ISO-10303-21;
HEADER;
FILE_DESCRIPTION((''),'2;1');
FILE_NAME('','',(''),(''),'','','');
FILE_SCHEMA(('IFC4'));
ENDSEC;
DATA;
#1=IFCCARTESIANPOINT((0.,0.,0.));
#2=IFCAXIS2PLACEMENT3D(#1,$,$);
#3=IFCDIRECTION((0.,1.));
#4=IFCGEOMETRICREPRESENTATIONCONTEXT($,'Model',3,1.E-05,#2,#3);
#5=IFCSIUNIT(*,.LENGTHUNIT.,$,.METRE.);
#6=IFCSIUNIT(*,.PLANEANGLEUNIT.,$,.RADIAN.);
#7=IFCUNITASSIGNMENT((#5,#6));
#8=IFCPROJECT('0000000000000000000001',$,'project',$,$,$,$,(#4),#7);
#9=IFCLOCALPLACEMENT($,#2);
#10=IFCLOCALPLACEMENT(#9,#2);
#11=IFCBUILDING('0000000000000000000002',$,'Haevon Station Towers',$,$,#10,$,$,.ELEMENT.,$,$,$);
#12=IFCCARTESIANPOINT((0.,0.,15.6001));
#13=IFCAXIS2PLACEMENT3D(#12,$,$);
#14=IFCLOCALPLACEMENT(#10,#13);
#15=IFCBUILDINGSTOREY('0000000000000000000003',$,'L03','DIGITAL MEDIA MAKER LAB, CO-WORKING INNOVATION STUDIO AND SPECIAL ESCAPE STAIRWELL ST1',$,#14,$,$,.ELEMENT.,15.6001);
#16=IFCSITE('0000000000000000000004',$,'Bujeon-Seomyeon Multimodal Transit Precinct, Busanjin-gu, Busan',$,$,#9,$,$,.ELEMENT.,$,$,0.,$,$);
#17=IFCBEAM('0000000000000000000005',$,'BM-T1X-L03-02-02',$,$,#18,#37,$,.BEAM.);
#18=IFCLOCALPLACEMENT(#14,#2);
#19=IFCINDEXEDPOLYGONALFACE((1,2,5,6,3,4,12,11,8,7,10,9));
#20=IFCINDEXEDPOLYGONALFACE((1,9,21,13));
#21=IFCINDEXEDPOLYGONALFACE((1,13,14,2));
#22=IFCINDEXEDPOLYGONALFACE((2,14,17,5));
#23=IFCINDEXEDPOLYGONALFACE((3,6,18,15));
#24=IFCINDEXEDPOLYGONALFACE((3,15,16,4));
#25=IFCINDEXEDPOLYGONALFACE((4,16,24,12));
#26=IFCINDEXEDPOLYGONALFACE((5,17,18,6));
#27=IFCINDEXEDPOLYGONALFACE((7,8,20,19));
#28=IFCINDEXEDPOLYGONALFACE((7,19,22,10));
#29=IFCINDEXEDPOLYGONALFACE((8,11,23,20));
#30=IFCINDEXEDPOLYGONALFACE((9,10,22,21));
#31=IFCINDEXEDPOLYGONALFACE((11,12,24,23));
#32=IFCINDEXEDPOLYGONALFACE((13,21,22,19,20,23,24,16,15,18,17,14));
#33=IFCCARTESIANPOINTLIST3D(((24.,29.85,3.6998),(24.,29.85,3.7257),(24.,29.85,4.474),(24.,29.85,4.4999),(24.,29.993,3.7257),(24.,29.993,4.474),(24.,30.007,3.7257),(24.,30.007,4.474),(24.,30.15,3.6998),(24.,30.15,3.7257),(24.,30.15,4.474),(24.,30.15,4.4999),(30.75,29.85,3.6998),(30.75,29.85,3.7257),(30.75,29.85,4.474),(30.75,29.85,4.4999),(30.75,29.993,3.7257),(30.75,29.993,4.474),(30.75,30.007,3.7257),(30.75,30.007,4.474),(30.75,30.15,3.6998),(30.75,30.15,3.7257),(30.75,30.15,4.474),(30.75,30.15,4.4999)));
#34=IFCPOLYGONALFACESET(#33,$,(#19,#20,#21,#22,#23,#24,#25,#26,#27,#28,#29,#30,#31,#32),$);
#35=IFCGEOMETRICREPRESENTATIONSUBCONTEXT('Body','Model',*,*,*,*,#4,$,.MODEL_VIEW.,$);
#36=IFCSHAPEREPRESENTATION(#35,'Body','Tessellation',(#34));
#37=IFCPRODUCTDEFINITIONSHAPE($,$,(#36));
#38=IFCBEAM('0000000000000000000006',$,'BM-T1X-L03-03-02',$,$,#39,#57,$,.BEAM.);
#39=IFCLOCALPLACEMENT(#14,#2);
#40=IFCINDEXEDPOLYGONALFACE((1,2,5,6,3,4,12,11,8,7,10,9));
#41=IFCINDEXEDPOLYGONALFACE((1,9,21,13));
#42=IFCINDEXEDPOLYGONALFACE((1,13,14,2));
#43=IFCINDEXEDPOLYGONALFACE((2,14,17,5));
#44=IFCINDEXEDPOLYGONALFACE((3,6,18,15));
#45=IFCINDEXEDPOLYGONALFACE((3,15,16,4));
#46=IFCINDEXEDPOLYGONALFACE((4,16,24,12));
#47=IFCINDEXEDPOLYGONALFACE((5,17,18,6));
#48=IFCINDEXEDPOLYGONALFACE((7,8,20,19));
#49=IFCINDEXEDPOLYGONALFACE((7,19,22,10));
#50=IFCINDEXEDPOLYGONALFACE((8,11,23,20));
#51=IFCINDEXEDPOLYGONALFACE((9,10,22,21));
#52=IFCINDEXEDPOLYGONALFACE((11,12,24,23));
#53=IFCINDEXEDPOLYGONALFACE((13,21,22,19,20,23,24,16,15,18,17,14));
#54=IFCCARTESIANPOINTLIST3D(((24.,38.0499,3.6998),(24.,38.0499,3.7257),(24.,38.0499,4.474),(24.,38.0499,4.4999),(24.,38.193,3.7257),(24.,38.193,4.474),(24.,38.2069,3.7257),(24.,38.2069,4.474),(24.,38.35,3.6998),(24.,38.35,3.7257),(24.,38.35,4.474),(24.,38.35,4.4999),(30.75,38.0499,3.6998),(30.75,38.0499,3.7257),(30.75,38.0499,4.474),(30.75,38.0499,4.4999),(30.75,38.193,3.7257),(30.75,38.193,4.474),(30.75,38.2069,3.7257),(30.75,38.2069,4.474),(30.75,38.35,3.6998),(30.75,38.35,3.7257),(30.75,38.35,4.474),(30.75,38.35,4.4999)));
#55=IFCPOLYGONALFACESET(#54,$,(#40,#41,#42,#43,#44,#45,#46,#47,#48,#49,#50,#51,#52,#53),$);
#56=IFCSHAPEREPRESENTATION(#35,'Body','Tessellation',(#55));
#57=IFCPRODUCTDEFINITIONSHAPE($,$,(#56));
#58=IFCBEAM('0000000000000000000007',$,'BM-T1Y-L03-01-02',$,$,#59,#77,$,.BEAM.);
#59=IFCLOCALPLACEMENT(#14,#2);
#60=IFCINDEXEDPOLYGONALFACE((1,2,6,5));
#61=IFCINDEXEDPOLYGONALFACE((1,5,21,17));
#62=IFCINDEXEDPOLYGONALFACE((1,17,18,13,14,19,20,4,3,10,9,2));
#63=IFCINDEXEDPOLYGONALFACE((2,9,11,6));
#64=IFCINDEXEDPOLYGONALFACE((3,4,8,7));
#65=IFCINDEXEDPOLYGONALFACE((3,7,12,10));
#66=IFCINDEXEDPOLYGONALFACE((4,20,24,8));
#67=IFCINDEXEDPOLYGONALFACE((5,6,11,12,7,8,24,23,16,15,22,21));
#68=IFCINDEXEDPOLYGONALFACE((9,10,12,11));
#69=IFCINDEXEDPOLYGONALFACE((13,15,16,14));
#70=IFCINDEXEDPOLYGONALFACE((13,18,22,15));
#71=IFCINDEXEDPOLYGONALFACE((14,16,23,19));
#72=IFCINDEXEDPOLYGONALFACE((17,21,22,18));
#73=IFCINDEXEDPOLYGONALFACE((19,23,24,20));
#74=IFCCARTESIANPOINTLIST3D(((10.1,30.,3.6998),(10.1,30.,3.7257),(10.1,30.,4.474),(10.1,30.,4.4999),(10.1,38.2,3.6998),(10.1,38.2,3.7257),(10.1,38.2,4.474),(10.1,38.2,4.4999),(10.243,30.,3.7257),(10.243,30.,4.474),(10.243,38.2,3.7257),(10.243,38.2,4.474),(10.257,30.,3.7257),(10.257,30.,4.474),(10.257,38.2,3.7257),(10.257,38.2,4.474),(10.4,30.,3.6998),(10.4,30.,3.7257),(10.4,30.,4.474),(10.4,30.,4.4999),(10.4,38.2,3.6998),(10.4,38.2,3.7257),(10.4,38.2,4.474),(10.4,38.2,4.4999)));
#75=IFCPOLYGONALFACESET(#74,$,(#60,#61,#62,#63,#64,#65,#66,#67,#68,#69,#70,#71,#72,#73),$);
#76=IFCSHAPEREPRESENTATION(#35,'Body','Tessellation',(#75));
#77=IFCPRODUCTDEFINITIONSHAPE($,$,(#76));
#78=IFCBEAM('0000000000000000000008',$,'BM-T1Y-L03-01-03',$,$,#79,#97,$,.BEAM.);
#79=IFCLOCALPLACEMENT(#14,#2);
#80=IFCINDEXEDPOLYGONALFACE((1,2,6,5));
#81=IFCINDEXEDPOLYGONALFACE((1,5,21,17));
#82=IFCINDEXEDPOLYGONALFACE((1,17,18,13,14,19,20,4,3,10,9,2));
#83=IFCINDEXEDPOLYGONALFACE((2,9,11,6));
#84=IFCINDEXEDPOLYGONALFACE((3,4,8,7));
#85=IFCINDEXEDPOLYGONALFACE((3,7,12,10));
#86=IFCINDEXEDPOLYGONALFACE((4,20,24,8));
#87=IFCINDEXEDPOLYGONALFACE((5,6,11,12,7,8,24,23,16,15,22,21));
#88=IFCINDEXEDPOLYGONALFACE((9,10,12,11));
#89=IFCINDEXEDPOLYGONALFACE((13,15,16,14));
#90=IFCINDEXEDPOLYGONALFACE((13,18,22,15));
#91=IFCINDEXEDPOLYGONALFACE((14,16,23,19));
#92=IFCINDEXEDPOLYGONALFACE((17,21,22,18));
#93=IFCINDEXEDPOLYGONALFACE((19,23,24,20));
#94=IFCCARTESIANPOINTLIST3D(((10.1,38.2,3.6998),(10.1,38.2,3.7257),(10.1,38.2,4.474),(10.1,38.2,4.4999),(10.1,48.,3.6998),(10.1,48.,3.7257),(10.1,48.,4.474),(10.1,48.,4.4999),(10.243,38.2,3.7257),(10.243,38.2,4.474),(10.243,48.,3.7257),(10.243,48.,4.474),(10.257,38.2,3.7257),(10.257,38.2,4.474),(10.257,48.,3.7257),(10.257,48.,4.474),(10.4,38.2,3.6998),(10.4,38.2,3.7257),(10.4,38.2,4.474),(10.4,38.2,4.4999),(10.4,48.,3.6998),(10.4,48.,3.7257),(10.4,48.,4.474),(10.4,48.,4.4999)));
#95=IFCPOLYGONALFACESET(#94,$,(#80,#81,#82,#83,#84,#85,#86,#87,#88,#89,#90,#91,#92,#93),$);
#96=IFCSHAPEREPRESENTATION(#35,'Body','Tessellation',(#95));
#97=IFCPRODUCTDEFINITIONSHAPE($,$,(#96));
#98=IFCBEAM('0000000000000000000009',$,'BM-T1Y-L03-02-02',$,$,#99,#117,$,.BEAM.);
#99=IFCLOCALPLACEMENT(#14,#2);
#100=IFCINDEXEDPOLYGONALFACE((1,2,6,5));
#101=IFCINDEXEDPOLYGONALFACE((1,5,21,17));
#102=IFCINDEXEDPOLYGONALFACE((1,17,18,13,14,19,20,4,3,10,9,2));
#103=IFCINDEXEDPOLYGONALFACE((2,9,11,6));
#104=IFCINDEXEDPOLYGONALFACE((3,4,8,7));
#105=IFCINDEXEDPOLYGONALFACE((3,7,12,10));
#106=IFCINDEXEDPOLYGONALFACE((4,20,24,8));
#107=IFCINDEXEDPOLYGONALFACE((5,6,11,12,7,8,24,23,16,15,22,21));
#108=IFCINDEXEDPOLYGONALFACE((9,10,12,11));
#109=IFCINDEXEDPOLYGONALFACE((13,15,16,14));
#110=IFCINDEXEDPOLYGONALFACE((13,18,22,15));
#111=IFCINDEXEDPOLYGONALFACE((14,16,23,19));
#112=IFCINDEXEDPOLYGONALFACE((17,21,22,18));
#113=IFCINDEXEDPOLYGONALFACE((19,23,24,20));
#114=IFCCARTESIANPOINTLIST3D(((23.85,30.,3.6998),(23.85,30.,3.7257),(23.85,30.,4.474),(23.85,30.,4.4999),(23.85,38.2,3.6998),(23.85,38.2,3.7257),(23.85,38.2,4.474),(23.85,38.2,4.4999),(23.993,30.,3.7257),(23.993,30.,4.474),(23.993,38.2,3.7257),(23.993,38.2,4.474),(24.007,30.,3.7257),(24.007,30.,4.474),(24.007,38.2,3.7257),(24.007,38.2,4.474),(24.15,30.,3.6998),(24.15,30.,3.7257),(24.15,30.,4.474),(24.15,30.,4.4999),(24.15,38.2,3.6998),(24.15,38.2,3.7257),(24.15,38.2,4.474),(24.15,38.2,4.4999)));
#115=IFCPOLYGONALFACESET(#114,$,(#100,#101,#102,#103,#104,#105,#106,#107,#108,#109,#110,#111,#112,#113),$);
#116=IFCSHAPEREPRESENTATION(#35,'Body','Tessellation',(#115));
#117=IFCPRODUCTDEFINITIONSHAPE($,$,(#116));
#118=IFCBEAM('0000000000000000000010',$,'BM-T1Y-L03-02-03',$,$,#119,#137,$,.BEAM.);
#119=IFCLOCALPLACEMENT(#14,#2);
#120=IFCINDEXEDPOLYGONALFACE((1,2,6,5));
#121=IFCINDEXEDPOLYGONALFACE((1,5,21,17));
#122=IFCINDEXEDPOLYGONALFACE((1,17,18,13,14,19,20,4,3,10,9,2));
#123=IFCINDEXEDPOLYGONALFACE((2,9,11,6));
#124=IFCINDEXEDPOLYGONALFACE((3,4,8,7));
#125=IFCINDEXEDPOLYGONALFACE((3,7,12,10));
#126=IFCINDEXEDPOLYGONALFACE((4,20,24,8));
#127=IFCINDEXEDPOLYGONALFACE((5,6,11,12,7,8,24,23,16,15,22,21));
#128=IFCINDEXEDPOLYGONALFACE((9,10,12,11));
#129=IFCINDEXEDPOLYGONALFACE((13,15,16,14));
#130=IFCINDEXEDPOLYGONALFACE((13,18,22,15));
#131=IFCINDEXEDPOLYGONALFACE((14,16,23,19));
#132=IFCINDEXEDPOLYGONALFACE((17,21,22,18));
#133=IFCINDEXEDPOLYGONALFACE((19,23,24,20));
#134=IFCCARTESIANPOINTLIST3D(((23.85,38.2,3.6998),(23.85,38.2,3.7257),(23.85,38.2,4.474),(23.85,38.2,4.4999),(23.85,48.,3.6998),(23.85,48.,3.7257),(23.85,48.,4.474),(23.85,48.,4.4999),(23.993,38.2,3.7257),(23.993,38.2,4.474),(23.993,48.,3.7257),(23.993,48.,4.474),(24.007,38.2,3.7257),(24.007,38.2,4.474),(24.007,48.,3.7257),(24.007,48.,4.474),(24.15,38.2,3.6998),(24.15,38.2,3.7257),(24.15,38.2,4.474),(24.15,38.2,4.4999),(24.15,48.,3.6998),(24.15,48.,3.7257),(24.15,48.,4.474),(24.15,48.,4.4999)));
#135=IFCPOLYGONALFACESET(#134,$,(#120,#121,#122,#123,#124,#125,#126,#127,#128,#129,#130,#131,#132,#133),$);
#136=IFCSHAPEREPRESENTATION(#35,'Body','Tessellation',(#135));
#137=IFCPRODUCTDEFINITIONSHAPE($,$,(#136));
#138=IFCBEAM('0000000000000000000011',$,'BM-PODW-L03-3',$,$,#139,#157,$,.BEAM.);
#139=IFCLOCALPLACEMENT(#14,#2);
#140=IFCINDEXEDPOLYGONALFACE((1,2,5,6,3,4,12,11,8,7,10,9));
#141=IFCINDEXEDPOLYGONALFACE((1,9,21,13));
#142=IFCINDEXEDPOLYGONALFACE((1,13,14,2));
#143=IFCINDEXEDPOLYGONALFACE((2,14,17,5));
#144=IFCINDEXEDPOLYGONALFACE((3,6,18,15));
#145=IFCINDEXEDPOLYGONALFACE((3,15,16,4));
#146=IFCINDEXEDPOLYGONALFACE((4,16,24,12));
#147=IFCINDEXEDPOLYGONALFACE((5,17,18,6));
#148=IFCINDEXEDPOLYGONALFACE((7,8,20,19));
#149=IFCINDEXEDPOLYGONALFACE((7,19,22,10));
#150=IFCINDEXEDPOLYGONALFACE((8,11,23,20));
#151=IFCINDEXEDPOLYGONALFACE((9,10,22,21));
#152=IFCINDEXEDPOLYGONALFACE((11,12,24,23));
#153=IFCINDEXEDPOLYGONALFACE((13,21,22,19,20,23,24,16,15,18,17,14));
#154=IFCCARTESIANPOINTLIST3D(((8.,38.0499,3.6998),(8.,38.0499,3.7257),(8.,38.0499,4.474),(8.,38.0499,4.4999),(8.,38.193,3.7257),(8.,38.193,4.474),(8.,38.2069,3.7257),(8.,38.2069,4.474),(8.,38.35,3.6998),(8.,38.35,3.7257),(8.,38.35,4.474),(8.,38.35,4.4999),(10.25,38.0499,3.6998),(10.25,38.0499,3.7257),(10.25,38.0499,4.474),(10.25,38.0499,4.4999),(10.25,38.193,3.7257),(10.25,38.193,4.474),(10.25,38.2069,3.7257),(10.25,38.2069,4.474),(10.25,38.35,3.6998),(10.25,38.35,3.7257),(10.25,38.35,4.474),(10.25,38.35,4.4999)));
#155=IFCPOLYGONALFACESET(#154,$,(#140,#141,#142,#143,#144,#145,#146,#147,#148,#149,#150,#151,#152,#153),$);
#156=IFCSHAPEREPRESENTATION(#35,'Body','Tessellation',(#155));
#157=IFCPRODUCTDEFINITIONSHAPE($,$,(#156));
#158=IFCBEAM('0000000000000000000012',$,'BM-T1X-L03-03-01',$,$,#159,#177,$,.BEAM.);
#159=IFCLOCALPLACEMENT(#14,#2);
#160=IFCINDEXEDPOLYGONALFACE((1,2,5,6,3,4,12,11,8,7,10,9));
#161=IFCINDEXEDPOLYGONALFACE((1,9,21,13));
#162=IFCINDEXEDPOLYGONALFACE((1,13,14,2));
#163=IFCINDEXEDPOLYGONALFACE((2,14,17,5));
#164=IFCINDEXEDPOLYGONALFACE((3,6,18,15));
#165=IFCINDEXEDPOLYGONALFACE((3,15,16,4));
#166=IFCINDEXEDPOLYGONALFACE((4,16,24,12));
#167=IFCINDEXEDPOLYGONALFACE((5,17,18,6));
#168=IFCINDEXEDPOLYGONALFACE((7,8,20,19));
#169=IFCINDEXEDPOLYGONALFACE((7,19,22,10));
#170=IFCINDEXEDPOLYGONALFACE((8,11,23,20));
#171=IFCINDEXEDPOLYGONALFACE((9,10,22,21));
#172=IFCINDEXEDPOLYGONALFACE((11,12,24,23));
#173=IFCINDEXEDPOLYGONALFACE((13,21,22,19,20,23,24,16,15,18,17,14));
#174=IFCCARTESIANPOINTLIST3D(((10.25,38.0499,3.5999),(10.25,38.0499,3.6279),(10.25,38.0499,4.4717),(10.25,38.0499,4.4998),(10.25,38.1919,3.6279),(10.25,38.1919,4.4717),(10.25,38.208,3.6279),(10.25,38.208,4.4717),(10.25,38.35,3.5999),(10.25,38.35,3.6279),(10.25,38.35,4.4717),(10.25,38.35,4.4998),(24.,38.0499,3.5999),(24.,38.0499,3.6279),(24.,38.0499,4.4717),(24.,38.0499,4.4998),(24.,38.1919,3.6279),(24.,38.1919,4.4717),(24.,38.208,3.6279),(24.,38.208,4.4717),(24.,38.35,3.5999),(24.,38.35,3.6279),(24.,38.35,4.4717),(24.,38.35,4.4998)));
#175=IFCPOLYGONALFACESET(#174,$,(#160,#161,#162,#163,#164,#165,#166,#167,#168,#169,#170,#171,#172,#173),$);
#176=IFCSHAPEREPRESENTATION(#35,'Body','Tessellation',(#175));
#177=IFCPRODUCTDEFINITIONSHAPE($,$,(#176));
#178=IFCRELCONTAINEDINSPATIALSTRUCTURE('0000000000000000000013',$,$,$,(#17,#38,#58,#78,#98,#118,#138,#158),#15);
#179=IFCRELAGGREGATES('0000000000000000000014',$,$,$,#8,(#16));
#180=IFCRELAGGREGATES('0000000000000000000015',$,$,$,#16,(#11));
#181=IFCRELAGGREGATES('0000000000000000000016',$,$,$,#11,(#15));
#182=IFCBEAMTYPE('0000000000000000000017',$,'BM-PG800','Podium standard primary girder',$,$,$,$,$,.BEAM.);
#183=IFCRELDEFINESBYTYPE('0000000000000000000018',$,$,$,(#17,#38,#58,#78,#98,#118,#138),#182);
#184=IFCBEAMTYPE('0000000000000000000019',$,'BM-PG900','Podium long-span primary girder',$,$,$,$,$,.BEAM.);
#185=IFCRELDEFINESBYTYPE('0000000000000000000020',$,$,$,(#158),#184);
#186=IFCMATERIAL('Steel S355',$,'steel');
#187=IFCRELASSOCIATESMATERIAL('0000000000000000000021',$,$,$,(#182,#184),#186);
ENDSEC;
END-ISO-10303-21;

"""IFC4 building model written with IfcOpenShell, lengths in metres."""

from ifc_helpers import new_model, si_unit, direction, frame, origin, origin_2d, place, context, subcontext, project, spatial, i_section, extrude, material, material_profile, profile_set, type_object, element, save


model = new_model("IFC4")

# Units and contexts
model_context = context("Model", 3, precision=1e-05, world=origin(), true_north=direction((0.0, 1.0)))
body_context = subcontext(model_context, "Body", "Model", "MODEL_VIEW")
ifc_project = project(units=[si_unit("LENGTHUNIT", "METRE"), si_unit("PLANEANGLEUNIT", "RADIAN")], contexts=[model_context])

# Site, building, storey
site_placement = place(None, origin())
site = spatial("IfcSite", under=ifc_project, at=site_placement, Name="Bujeon-Seomyeon Multimodal Transit Precinct, Busanjin-gu, Busan", CompositionType="ELEMENT", RefElevation=0.0)
building_placement = place(site_placement, origin())
building = spatial("IfcBuilding", under=site, at=building_placement, Name="Haevon Station Towers", CompositionType="ELEMENT")
storey_placement = place(building_placement, frame((0.0, 0.0, 15.6001)))
storey = spatial("IfcBuildingStorey", under=building, at=storey_placement, Name="L03", Description="DIGITAL MEDIA MAKER LAB, CO-WORKING INNOVATION STUDIO AND SPECIAL ESCAPE STAIRWELL ST1", CompositionType="ELEMENT", Elevation=15.6001)

# Beams
ifc_material_1 = material(Name="Steel S355", Category="steel")
ifc_material_profile_1 = material_profile(ifc_material_1, i_section(OverallWidth=0.3, OverallDepth=0.8, WebThickness=0.0139, FlangeThickness=0.0259, at=origin_2d()), Name="H-800x300x14x26")
ifc_profile_set_1 = profile_set([ifc_material_profile_1], Name="Steel S355")
beam_type_1 = type_object("IfcBeamType", Name="BM-PG800", Description="Podium standard primary girder", PredefinedType="BEAM", material=ifc_profile_set_1)
for number, where, z_axis, x_axis, name in (
    (1, (24.0, 30.0, 4.0999), (1.0, 0.0, 0.0), (0.0, 1.0, 0.0), "BM-T1X-L03-02-02"),
    (2, (24.0, 38.2, 4.0999), (1.0, 0.0, 0.0), (0.0, 1.0, 0.0), "BM-T1X-L03-03-02"),
):
    element("IfcBeam", number, at=place(storey_placement, frame(where, z_axis=z_axis, x_axis=x_axis)), inside=storey, type_object=beam_type_1, Name=name, PredefinedType="BEAM", context=body_context, shape_type="SweptSolid", body=[
        extrude(i_section(OverallWidth=0.3, OverallDepth=0.8, WebThickness=0.0139, FlangeThickness=0.0259, at=origin_2d()), origin(), (0.0, 0.0, 1.0), 6.75),
    ])
beam_1_placement = place(storey_placement, frame((10.25, 30.0, 4.0999), z_axis=(0.0, 1.0, 0.0), x_axis=(-1.0, 0.0, 0.0)))
element("IfcBeam", 3, at=beam_1_placement, inside=storey, type_object=beam_type_1, Name="BM-T1Y-L03-01-02", PredefinedType="BEAM", context=body_context, shape_type="SweptSolid", body=[
    extrude(i_section(OverallWidth=0.3, OverallDepth=0.8, WebThickness=0.0139, FlangeThickness=0.0259, at=origin_2d()), origin(), (0.0, 0.0, 1.0), 8.2),
])
beam_2_placement = place(storey_placement, frame((10.25, 38.2, 4.0999), z_axis=(0.0, 1.0, 0.0), x_axis=(-1.0, 0.0, 0.0)))
element("IfcBeam", 4, at=beam_2_placement, inside=storey, type_object=beam_type_1, Name="BM-T1Y-L03-01-03", PredefinedType="BEAM", context=body_context, shape_type="SweptSolid", body=[
    extrude(i_section(OverallWidth=0.3, OverallDepth=0.8, WebThickness=0.0139, FlangeThickness=0.0259, at=origin_2d()), origin(), (0.0, 0.0, 1.0), 9.8),
])
beam_3_placement = place(storey_placement, frame((24.0, 30.0, 4.0999), z_axis=(0.0, 1.0, 0.0), x_axis=(-1.0, 0.0, 0.0)))
element("IfcBeam", 5, at=beam_3_placement, inside=storey, type_object=beam_type_1, Name="BM-T1Y-L03-02-02", PredefinedType="BEAM", context=body_context, shape_type="SweptSolid", body=[
    extrude(i_section(OverallWidth=0.3, OverallDepth=0.8, WebThickness=0.0139, FlangeThickness=0.0259, at=origin_2d()), origin(), (0.0, 0.0, 1.0), 8.2),
])
beam_4_placement = place(storey_placement, frame((24.0, 38.2, 4.0999), z_axis=(0.0, 1.0, 0.0), x_axis=(-1.0, 0.0, 0.0)))
element("IfcBeam", 6, at=beam_4_placement, inside=storey, type_object=beam_type_1, Name="BM-T1Y-L03-02-03", PredefinedType="BEAM", context=body_context, shape_type="SweptSolid", body=[
    extrude(i_section(OverallWidth=0.3, OverallDepth=0.8, WebThickness=0.0139, FlangeThickness=0.0259, at=origin_2d()), origin(), (0.0, 0.0, 1.0), 9.8),
])
beam_5_placement = place(storey_placement, frame((8.0, 38.2, 4.0999), z_axis=(1.0, 0.0, 0.0), x_axis=(0.0, 1.0, 0.0)))
element("IfcBeam", 7, at=beam_5_placement, inside=storey, type_object=beam_type_1, Name="BM-PODW-L03-3", PredefinedType="BEAM", context=body_context, shape_type="SweptSolid", body=[
    extrude(i_section(OverallWidth=0.3, OverallDepth=0.8, WebThickness=0.0139, FlangeThickness=0.0259, at=origin_2d()), origin(), (0.0, 0.0, 1.0), 2.25),
])
ifc_material_profile_2 = material_profile(ifc_material_1, i_section(OverallWidth=0.3, OverallDepth=0.8999, WebThickness=0.0161, FlangeThickness=0.0281, at=origin_2d()), Name="H-900x300x16x28")
ifc_profile_set_2 = profile_set([ifc_material_profile_2], Name="Steel S355")
beam_type_2 = type_object("IfcBeamType", Name="BM-PG900", Description="Podium long-span primary girder", PredefinedType="BEAM", material=ifc_profile_set_2)
beam_6_placement = place(storey_placement, frame((10.25, 38.2, 4.0498), z_axis=(1.0, 0.0, 0.0), x_axis=(0.0, 1.0, 0.0)))
element("IfcBeam", 8, at=beam_6_placement, inside=storey, type_object=beam_type_2, Name="BM-T1X-L03-03-01", PredefinedType="BEAM", context=body_context, shape_type="SweptSolid", body=[
    extrude(i_section(OverallWidth=0.3, OverallDepth=0.8999, WebThickness=0.0161, FlangeThickness=0.0281, at=origin_2d()), origin(), (0.0, 0.0, 1.0), 13.75),
])

save(model, "model.ifc")
